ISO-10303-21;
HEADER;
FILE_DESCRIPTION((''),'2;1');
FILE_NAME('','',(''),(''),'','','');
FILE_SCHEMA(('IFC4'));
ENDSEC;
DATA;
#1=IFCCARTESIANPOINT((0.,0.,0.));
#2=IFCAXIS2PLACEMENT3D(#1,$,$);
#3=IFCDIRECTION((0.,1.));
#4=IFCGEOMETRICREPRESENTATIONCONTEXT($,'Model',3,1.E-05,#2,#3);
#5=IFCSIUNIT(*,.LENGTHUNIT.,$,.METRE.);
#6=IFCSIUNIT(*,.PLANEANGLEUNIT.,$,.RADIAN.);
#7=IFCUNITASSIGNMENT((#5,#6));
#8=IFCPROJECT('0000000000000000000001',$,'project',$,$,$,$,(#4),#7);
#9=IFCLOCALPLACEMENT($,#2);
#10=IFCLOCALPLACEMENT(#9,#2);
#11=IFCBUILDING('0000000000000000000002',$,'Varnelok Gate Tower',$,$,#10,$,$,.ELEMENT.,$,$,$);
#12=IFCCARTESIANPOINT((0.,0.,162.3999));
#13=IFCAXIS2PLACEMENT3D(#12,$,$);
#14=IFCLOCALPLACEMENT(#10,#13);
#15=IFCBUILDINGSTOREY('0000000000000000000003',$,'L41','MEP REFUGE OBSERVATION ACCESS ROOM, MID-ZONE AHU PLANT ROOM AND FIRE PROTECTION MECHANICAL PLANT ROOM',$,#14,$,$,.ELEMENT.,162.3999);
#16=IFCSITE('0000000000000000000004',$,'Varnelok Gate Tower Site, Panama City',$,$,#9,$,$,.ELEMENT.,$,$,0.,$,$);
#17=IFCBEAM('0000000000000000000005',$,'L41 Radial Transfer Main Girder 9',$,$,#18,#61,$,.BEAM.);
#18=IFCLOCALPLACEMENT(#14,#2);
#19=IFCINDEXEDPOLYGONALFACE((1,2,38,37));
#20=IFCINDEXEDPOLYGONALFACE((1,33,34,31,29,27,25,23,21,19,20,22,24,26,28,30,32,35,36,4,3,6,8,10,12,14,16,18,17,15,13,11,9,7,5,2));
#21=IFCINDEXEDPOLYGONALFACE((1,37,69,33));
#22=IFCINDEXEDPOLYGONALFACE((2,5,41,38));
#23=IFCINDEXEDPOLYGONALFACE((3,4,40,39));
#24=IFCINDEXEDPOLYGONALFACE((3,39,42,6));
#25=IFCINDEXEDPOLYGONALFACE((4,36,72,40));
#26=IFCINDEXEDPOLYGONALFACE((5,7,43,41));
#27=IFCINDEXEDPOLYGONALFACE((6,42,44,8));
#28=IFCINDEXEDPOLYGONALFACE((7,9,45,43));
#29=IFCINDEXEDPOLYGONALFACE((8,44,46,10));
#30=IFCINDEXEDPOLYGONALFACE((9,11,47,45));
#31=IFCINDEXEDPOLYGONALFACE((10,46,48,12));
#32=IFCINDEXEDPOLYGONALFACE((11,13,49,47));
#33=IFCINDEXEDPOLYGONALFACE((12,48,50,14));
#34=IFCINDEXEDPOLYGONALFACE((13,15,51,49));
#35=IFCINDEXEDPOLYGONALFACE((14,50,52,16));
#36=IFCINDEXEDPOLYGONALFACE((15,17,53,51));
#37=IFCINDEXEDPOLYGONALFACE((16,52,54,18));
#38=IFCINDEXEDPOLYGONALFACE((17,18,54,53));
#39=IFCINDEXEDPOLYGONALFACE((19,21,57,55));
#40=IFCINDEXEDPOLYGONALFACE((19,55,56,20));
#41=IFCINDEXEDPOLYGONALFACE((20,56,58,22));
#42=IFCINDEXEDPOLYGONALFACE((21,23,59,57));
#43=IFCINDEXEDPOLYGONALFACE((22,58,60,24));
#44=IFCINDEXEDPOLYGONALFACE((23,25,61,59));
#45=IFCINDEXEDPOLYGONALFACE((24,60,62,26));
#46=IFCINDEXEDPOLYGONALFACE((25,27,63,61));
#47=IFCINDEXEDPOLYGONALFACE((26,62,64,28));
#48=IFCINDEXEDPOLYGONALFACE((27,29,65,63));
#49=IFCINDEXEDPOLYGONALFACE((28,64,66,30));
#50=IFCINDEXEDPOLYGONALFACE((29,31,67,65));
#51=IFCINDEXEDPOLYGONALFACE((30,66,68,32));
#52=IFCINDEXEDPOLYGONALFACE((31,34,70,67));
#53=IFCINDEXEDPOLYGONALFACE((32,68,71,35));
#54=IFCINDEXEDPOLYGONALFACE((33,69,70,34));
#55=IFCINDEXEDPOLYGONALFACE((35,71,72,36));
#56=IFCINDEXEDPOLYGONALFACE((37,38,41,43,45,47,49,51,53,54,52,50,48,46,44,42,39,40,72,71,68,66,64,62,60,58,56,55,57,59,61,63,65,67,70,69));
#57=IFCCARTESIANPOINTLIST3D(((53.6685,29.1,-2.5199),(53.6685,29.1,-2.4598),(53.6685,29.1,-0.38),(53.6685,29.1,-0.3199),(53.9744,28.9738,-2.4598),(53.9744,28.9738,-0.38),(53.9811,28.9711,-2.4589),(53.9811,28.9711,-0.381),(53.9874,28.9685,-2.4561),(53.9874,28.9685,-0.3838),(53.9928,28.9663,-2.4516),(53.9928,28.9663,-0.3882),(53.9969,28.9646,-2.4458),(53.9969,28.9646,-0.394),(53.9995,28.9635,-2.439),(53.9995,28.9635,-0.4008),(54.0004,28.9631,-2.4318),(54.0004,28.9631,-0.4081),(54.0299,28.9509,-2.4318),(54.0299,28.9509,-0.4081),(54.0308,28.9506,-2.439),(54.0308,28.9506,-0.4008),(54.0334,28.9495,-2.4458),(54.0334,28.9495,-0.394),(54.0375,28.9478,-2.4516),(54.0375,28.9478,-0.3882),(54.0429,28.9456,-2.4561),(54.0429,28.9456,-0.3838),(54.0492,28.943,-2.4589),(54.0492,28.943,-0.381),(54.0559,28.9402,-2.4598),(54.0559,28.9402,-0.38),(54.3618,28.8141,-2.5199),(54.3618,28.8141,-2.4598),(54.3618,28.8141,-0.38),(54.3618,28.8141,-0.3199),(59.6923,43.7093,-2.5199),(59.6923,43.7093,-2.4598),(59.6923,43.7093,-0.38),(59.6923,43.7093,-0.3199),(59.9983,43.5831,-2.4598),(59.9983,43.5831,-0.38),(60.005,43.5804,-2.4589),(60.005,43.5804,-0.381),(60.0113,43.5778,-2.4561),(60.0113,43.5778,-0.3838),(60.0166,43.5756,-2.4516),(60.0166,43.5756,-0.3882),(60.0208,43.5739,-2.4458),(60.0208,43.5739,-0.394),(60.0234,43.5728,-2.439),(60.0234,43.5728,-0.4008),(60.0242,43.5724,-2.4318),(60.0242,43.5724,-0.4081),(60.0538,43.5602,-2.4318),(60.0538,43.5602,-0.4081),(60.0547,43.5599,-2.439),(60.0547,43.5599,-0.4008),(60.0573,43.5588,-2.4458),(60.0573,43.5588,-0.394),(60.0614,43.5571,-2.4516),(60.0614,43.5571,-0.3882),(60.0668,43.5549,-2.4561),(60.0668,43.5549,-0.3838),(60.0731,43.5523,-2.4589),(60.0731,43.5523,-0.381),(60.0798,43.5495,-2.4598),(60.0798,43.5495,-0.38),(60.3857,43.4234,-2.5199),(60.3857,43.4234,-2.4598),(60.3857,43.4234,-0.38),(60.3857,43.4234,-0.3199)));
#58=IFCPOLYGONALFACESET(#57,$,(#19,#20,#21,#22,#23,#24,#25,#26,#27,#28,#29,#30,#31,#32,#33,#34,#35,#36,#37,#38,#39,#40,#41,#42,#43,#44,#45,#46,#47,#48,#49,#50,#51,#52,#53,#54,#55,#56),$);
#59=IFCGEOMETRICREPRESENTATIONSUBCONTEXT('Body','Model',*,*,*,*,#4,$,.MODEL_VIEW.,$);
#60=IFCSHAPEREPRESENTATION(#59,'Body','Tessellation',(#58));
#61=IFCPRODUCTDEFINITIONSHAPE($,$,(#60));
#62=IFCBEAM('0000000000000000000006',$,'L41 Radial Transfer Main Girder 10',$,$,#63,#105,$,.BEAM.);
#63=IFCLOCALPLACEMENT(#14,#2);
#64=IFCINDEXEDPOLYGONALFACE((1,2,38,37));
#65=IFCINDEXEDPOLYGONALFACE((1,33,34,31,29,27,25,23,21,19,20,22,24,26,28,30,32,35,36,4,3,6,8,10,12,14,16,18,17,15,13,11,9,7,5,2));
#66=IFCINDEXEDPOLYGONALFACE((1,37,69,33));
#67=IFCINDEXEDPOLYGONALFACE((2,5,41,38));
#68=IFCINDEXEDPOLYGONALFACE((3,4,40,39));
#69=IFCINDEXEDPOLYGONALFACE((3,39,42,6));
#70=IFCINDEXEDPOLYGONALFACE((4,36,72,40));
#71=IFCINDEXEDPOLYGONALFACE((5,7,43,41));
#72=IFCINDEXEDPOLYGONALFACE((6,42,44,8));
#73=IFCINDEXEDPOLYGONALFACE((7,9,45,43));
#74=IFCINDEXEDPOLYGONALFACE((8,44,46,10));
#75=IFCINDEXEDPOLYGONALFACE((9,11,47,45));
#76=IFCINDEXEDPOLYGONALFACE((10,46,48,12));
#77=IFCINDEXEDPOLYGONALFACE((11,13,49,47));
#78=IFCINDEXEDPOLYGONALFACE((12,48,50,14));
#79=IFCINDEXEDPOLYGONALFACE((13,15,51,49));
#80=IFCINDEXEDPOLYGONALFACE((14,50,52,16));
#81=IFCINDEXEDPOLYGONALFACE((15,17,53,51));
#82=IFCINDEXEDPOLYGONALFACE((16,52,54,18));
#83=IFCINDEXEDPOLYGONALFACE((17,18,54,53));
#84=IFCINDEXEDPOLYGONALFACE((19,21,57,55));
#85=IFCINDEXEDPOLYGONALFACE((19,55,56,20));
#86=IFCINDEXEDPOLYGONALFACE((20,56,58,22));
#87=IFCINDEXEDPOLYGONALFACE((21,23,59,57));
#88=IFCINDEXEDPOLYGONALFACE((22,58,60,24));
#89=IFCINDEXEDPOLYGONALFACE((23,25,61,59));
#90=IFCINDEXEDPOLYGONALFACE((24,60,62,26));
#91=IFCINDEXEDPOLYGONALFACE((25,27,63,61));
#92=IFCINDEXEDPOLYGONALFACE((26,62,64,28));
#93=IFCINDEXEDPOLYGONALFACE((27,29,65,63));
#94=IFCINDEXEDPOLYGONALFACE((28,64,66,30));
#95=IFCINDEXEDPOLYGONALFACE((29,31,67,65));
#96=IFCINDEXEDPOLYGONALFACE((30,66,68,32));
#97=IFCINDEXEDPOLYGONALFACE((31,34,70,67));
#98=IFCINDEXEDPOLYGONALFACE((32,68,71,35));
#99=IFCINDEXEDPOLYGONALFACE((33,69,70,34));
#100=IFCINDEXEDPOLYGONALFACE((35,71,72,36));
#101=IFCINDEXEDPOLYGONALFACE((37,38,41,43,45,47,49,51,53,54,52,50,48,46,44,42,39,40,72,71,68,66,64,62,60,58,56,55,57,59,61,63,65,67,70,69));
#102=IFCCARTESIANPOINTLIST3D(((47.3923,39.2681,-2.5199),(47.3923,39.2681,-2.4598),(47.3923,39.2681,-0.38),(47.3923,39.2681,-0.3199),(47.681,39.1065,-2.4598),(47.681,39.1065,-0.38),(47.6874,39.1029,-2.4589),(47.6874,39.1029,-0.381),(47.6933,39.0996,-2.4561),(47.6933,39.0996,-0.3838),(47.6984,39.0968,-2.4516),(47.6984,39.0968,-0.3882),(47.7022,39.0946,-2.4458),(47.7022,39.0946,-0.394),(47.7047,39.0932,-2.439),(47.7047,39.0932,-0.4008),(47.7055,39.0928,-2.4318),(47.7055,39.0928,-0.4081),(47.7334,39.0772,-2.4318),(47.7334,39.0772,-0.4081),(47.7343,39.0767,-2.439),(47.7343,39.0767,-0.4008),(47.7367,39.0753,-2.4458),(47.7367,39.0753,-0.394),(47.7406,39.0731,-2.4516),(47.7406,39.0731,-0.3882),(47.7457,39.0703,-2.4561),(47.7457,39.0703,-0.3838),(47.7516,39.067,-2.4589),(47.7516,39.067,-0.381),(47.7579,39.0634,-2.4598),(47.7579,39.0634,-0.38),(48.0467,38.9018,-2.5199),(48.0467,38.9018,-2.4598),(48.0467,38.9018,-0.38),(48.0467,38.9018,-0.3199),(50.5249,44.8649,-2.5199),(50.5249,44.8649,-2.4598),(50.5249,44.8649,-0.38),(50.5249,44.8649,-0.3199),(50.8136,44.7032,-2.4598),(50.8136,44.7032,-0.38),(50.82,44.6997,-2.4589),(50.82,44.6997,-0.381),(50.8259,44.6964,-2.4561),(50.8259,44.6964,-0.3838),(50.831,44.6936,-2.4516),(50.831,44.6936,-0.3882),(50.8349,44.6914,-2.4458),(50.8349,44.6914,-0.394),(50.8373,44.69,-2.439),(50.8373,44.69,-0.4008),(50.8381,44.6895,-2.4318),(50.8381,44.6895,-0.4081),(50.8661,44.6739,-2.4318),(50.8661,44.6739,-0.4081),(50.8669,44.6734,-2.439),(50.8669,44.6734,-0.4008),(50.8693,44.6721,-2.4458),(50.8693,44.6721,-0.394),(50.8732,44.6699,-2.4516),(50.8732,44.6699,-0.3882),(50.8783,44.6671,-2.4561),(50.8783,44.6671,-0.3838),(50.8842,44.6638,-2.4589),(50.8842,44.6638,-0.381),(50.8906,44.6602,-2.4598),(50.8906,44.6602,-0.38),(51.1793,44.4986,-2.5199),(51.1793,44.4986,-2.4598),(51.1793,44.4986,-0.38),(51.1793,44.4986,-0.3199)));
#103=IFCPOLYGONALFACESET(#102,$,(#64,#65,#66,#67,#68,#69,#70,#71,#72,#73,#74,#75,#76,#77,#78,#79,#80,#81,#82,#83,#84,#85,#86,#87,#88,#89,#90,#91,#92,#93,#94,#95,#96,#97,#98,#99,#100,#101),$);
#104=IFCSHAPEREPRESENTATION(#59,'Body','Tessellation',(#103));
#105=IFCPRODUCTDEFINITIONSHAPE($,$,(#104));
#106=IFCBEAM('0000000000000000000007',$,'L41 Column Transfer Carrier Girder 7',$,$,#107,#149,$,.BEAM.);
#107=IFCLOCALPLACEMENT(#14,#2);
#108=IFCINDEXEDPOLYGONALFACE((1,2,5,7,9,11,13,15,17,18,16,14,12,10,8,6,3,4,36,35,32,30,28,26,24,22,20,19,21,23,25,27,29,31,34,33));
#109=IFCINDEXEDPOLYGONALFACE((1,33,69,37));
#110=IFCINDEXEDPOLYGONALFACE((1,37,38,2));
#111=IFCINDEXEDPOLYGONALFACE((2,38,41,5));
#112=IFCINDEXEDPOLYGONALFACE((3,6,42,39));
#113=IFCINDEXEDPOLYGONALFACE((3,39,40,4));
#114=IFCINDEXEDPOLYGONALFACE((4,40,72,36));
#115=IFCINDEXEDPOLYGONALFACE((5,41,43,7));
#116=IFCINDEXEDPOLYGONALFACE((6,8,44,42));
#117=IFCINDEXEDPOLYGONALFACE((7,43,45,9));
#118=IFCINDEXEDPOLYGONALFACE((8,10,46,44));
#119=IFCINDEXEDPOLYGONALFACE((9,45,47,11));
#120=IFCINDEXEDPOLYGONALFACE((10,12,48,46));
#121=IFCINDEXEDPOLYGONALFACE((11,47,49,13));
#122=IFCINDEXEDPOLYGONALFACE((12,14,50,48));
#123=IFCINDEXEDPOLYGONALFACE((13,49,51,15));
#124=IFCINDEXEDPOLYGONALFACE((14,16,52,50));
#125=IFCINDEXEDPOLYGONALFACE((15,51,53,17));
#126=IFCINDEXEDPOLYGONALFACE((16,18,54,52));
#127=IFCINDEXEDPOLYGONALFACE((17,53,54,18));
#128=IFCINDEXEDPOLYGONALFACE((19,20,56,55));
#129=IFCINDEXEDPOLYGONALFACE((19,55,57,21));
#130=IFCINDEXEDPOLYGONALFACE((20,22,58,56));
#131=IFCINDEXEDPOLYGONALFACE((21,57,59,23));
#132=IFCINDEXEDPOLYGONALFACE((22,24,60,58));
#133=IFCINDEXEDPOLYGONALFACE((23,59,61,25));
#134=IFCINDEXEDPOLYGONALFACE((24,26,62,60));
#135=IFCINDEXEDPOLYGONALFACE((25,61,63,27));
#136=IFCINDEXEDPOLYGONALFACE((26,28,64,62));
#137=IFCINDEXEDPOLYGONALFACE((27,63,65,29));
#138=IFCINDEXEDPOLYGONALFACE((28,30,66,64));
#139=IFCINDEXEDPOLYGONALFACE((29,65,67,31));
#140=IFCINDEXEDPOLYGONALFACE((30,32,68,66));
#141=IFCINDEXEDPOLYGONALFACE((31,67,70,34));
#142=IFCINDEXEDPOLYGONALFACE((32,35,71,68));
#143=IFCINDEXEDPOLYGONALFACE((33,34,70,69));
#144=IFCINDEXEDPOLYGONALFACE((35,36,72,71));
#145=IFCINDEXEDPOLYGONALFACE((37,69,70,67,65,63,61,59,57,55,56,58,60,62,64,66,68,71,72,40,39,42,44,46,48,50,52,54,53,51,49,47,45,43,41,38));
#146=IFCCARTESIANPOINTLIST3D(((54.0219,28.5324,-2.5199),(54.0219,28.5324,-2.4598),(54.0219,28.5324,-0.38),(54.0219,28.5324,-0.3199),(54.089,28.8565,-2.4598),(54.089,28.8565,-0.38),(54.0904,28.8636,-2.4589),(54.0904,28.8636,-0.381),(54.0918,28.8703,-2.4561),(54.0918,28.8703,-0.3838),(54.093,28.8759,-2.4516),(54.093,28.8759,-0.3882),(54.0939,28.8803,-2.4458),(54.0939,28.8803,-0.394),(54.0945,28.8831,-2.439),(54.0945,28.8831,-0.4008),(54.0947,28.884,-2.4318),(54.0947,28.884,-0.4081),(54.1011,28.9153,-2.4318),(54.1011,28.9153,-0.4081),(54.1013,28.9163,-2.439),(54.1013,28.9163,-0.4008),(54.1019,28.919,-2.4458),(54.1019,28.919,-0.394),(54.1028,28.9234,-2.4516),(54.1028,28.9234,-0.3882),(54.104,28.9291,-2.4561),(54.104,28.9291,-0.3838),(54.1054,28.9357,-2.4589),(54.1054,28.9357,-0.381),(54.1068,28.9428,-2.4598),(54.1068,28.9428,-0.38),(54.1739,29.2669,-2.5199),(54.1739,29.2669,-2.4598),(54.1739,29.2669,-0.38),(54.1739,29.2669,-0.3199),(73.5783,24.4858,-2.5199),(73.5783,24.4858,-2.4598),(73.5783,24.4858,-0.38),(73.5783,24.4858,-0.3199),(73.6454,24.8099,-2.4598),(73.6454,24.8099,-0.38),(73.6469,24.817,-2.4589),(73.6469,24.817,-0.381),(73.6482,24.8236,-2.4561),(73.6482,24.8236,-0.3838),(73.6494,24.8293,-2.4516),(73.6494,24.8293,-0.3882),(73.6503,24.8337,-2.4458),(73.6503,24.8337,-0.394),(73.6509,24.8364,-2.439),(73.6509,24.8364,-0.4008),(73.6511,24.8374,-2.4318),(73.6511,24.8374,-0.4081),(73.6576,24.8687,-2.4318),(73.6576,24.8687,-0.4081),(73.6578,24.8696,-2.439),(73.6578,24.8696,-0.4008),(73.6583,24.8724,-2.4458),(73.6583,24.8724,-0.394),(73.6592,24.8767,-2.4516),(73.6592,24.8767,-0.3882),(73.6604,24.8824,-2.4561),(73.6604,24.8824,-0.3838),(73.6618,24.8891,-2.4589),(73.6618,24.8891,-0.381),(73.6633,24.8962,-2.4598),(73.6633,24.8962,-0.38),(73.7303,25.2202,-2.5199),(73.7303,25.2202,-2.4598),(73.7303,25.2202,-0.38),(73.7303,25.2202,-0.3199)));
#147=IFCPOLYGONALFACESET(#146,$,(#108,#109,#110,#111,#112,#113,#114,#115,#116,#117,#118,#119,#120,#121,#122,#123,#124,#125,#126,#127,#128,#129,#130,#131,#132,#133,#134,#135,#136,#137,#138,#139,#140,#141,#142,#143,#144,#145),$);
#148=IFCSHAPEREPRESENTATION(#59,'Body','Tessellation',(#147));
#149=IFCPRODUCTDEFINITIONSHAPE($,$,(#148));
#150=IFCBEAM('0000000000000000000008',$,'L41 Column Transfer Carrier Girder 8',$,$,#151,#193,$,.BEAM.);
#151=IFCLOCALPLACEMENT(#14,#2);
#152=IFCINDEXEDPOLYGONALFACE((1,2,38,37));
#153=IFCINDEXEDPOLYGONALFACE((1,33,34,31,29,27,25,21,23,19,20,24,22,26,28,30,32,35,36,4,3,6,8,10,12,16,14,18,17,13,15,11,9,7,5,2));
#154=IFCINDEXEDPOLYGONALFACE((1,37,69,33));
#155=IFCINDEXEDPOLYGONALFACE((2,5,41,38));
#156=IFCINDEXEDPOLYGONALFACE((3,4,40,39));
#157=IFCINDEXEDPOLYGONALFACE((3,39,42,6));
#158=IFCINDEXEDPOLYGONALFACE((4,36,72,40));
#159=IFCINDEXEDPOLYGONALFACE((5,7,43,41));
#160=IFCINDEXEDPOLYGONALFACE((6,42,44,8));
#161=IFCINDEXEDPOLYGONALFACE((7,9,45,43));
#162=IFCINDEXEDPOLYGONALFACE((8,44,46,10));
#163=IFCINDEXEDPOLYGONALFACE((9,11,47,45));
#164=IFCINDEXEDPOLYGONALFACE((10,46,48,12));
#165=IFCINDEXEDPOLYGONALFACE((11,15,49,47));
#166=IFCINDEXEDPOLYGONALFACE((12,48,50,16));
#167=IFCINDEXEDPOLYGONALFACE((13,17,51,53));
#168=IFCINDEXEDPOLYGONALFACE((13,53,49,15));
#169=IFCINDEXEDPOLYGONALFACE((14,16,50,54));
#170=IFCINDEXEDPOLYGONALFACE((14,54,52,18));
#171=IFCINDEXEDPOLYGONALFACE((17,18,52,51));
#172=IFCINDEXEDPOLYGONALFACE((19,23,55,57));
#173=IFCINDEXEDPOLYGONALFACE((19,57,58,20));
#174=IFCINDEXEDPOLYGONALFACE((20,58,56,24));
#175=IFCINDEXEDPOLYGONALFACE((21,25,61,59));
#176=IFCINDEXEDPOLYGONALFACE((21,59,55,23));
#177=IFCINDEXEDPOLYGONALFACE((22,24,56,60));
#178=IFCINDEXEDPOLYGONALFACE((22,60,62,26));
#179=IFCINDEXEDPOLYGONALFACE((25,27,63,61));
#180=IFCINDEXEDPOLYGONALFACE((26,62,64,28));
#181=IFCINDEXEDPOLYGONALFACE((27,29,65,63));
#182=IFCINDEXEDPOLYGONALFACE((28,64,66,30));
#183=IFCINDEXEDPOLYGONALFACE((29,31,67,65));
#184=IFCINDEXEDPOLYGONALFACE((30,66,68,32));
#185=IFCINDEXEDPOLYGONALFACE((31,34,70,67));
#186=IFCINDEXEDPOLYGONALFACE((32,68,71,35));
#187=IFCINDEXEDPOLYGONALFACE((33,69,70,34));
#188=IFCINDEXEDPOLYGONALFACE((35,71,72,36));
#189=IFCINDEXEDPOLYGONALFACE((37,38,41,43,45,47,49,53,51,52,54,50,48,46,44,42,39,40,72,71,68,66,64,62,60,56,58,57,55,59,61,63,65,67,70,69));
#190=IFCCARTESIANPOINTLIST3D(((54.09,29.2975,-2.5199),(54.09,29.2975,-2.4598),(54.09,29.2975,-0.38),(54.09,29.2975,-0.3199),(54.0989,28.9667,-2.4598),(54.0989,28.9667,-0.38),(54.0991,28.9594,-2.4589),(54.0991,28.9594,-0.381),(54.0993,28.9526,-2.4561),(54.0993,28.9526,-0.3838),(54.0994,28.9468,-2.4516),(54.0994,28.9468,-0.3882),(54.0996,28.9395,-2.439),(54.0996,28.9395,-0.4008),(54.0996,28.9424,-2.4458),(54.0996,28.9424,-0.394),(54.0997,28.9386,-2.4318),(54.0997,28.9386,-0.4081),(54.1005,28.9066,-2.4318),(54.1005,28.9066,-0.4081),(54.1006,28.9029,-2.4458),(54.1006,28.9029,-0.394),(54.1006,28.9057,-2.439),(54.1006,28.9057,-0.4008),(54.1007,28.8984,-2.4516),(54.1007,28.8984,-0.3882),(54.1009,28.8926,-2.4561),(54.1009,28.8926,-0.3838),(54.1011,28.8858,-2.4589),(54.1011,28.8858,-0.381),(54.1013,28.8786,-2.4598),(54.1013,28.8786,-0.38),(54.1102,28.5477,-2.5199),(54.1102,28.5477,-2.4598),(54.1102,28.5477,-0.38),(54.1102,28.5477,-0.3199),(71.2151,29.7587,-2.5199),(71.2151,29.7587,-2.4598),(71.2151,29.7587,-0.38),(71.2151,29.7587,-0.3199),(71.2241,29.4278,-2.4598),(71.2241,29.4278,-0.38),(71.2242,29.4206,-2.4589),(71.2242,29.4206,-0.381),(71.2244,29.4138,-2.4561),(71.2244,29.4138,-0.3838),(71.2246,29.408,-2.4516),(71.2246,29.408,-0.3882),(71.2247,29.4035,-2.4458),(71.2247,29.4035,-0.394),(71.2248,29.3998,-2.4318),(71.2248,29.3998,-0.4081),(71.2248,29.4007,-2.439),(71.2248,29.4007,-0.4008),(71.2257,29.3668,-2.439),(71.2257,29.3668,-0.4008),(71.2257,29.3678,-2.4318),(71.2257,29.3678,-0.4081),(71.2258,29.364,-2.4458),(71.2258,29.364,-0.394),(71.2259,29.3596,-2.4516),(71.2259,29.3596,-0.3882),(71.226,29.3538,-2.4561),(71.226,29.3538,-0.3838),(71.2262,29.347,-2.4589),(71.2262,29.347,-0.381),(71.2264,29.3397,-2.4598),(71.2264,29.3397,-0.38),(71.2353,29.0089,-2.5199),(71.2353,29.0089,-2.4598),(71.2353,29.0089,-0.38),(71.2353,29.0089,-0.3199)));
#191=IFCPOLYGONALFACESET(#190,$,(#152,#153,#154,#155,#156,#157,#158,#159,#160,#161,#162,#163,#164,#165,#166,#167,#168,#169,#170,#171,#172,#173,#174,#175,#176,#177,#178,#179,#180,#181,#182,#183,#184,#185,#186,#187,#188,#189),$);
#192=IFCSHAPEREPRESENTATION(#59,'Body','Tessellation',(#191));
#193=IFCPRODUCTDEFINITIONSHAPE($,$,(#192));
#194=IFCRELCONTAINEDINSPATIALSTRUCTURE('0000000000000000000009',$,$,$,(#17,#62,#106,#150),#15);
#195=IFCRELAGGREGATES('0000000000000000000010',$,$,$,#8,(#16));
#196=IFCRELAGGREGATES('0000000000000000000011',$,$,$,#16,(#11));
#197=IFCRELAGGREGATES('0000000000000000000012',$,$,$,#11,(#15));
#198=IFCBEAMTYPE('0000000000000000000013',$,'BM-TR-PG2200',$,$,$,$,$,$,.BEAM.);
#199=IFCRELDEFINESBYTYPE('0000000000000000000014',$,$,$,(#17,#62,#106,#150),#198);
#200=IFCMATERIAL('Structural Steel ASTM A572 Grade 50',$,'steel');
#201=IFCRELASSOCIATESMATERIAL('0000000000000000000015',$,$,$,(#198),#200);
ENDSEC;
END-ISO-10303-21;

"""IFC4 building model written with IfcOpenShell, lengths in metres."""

from ifc_helpers import new_model, si_unit, direction, frame, origin, origin_2d, place, context, subcontext, project, spatial, i_section, extrude, material, material_profile, profile_set, type_object, element, save


model = new_model("IFC4")

# Units and contexts
model_context = context("Model", 3, precision=1e-05, world=origin(), true_north=direction((0.0, 1.0)))
body_context = subcontext(model_context, "Body", "Model", "MODEL_VIEW")
ifc_project = project(units=[si_unit("LENGTHUNIT", "METRE"), si_unit("PLANEANGLEUNIT", "RADIAN")], contexts=[model_context])

# Site, building, storey
site_placement = place(None, origin())
site = spatial("IfcSite", under=ifc_project, at=site_placement, Name="Varnelok Gate Tower Site, Panama City", CompositionType="ELEMENT", RefElevation=0.0)
building_placement = place(site_placement, origin())
building = spatial("IfcBuilding", under=site, at=building_placement, Name="Varnelok Gate Tower", CompositionType="ELEMENT")
storey_placement = place(building_placement, frame((0.0, 0.0, 162.3999)))
storey = spatial("IfcBuildingStorey", under=building, at=storey_placement, Name="L41", Description="MEP REFUGE OBSERVATION ACCESS ROOM, MID-ZONE AHU PLANT ROOM AND FIRE PROTECTION MECHANICAL PLANT ROOM", CompositionType="ELEMENT", Elevation=162.3999)

# Beams
ifc_material_1 = material(Name="Structural Steel ASTM A572 Grade 50", Category="steel")
ifc_material_profile_1 = material_profile(ifc_material_1, i_section(OverallWidth=0.75, OverallDepth=2.2, WebThickness=0.032, FlangeThickness=0.0601, FilletRadius=0.0281, at=origin_2d()), Name="PG2200X750")
ifc_profile_set_1 = profile_set([ifc_material_profile_1], Name="Structural Steel ASTM A572 Grade 50")
beam_type_1 = type_object("IfcBeamType", Name="BM-TR-PG2200", PredefinedType="BEAM", material=ifc_profile_set_1)
beam_1_placement = place(storey_placement, frame((54.0151, 28.957, -1.4199), z_axis=(0.381199, 0.924493, 0.0), x_axis=(-0.924493, 0.381199, 0.0)))
element("IfcBeam", 1, at=beam_1_placement, inside=storey, type_object=beam_type_1, Name="L41 Radial Transfer Main Girder 9", PredefinedType="BEAM", context=body_context, shape_type="SweptSolid", body=[
    extrude(i_section(OverallWidth=0.75, OverallDepth=2.2, WebThickness=0.032, FlangeThickness=0.0601, FilletRadius=0.0281, at=origin_2d()), origin(), (0.0, 0.0, 1.0), 15.8025),
])
beam_2_placement = place(storey_placement, frame((47.7195, 39.085, -1.4199), z_axis=(0.488417, 0.872611, 0.0), x_axis=(-0.872611, 0.488417, 0.0)))
element("IfcBeam", 2, at=beam_2_placement, inside=storey, type_object=beam_type_1, Name="L41 Radial Transfer Main Girder 10", PredefinedType="BEAM", context=body_context, shape_type="SweptSolid", body=[
    extrude(i_section(OverallWidth=0.75, OverallDepth=2.2, WebThickness=0.032, FlangeThickness=0.0601, FilletRadius=0.0281, at=origin_2d()), origin(), (0.0, 0.0, 1.0), 6.4138),
])
beam_3_placement = place(storey_placement, frame((54.0979, 28.8997, -1.4199), z_axis=(0.979256, -0.202629, 0.0), x_axis=(0.202629, 0.979256, 0.0)))
element("IfcBeam", 3, at=beam_3_placement, inside=storey, type_object=beam_type_1, Name="L41 Column Transfer Carrier Girder 7", PredefinedType="BEAM", context=body_context, shape_type="SweptSolid", body=[
    extrude(i_section(OverallWidth=0.75, OverallDepth=2.2, WebThickness=0.032, FlangeThickness=0.0601, FilletRadius=0.0281, at=origin_2d()), origin(), (0.0, 0.0, 1.0), 19.9707),
])
beam_4_placement = place(storey_placement, frame((54.1001, 28.9226, -1.4199), z_axis=(0.999638, 0.02692, 0.0), x_axis=(-0.02692, 0.999638, 0.0)))
element("IfcBeam", 4, at=beam_4_placement, inside=storey, type_object=beam_type_1, Name="L41 Column Transfer Carrier Girder 8", PredefinedType="BEAM", context=body_context, shape_type="SweptSolid", body=[
    extrude(i_section(OverallWidth=0.75, OverallDepth=2.2, WebThickness=0.032, FlangeThickness=0.0601, FilletRadius=0.0281, at=origin_2d()), origin(), (0.0, 0.0, 1.0), 17.1313),
])

save(model, "model.ifc")
